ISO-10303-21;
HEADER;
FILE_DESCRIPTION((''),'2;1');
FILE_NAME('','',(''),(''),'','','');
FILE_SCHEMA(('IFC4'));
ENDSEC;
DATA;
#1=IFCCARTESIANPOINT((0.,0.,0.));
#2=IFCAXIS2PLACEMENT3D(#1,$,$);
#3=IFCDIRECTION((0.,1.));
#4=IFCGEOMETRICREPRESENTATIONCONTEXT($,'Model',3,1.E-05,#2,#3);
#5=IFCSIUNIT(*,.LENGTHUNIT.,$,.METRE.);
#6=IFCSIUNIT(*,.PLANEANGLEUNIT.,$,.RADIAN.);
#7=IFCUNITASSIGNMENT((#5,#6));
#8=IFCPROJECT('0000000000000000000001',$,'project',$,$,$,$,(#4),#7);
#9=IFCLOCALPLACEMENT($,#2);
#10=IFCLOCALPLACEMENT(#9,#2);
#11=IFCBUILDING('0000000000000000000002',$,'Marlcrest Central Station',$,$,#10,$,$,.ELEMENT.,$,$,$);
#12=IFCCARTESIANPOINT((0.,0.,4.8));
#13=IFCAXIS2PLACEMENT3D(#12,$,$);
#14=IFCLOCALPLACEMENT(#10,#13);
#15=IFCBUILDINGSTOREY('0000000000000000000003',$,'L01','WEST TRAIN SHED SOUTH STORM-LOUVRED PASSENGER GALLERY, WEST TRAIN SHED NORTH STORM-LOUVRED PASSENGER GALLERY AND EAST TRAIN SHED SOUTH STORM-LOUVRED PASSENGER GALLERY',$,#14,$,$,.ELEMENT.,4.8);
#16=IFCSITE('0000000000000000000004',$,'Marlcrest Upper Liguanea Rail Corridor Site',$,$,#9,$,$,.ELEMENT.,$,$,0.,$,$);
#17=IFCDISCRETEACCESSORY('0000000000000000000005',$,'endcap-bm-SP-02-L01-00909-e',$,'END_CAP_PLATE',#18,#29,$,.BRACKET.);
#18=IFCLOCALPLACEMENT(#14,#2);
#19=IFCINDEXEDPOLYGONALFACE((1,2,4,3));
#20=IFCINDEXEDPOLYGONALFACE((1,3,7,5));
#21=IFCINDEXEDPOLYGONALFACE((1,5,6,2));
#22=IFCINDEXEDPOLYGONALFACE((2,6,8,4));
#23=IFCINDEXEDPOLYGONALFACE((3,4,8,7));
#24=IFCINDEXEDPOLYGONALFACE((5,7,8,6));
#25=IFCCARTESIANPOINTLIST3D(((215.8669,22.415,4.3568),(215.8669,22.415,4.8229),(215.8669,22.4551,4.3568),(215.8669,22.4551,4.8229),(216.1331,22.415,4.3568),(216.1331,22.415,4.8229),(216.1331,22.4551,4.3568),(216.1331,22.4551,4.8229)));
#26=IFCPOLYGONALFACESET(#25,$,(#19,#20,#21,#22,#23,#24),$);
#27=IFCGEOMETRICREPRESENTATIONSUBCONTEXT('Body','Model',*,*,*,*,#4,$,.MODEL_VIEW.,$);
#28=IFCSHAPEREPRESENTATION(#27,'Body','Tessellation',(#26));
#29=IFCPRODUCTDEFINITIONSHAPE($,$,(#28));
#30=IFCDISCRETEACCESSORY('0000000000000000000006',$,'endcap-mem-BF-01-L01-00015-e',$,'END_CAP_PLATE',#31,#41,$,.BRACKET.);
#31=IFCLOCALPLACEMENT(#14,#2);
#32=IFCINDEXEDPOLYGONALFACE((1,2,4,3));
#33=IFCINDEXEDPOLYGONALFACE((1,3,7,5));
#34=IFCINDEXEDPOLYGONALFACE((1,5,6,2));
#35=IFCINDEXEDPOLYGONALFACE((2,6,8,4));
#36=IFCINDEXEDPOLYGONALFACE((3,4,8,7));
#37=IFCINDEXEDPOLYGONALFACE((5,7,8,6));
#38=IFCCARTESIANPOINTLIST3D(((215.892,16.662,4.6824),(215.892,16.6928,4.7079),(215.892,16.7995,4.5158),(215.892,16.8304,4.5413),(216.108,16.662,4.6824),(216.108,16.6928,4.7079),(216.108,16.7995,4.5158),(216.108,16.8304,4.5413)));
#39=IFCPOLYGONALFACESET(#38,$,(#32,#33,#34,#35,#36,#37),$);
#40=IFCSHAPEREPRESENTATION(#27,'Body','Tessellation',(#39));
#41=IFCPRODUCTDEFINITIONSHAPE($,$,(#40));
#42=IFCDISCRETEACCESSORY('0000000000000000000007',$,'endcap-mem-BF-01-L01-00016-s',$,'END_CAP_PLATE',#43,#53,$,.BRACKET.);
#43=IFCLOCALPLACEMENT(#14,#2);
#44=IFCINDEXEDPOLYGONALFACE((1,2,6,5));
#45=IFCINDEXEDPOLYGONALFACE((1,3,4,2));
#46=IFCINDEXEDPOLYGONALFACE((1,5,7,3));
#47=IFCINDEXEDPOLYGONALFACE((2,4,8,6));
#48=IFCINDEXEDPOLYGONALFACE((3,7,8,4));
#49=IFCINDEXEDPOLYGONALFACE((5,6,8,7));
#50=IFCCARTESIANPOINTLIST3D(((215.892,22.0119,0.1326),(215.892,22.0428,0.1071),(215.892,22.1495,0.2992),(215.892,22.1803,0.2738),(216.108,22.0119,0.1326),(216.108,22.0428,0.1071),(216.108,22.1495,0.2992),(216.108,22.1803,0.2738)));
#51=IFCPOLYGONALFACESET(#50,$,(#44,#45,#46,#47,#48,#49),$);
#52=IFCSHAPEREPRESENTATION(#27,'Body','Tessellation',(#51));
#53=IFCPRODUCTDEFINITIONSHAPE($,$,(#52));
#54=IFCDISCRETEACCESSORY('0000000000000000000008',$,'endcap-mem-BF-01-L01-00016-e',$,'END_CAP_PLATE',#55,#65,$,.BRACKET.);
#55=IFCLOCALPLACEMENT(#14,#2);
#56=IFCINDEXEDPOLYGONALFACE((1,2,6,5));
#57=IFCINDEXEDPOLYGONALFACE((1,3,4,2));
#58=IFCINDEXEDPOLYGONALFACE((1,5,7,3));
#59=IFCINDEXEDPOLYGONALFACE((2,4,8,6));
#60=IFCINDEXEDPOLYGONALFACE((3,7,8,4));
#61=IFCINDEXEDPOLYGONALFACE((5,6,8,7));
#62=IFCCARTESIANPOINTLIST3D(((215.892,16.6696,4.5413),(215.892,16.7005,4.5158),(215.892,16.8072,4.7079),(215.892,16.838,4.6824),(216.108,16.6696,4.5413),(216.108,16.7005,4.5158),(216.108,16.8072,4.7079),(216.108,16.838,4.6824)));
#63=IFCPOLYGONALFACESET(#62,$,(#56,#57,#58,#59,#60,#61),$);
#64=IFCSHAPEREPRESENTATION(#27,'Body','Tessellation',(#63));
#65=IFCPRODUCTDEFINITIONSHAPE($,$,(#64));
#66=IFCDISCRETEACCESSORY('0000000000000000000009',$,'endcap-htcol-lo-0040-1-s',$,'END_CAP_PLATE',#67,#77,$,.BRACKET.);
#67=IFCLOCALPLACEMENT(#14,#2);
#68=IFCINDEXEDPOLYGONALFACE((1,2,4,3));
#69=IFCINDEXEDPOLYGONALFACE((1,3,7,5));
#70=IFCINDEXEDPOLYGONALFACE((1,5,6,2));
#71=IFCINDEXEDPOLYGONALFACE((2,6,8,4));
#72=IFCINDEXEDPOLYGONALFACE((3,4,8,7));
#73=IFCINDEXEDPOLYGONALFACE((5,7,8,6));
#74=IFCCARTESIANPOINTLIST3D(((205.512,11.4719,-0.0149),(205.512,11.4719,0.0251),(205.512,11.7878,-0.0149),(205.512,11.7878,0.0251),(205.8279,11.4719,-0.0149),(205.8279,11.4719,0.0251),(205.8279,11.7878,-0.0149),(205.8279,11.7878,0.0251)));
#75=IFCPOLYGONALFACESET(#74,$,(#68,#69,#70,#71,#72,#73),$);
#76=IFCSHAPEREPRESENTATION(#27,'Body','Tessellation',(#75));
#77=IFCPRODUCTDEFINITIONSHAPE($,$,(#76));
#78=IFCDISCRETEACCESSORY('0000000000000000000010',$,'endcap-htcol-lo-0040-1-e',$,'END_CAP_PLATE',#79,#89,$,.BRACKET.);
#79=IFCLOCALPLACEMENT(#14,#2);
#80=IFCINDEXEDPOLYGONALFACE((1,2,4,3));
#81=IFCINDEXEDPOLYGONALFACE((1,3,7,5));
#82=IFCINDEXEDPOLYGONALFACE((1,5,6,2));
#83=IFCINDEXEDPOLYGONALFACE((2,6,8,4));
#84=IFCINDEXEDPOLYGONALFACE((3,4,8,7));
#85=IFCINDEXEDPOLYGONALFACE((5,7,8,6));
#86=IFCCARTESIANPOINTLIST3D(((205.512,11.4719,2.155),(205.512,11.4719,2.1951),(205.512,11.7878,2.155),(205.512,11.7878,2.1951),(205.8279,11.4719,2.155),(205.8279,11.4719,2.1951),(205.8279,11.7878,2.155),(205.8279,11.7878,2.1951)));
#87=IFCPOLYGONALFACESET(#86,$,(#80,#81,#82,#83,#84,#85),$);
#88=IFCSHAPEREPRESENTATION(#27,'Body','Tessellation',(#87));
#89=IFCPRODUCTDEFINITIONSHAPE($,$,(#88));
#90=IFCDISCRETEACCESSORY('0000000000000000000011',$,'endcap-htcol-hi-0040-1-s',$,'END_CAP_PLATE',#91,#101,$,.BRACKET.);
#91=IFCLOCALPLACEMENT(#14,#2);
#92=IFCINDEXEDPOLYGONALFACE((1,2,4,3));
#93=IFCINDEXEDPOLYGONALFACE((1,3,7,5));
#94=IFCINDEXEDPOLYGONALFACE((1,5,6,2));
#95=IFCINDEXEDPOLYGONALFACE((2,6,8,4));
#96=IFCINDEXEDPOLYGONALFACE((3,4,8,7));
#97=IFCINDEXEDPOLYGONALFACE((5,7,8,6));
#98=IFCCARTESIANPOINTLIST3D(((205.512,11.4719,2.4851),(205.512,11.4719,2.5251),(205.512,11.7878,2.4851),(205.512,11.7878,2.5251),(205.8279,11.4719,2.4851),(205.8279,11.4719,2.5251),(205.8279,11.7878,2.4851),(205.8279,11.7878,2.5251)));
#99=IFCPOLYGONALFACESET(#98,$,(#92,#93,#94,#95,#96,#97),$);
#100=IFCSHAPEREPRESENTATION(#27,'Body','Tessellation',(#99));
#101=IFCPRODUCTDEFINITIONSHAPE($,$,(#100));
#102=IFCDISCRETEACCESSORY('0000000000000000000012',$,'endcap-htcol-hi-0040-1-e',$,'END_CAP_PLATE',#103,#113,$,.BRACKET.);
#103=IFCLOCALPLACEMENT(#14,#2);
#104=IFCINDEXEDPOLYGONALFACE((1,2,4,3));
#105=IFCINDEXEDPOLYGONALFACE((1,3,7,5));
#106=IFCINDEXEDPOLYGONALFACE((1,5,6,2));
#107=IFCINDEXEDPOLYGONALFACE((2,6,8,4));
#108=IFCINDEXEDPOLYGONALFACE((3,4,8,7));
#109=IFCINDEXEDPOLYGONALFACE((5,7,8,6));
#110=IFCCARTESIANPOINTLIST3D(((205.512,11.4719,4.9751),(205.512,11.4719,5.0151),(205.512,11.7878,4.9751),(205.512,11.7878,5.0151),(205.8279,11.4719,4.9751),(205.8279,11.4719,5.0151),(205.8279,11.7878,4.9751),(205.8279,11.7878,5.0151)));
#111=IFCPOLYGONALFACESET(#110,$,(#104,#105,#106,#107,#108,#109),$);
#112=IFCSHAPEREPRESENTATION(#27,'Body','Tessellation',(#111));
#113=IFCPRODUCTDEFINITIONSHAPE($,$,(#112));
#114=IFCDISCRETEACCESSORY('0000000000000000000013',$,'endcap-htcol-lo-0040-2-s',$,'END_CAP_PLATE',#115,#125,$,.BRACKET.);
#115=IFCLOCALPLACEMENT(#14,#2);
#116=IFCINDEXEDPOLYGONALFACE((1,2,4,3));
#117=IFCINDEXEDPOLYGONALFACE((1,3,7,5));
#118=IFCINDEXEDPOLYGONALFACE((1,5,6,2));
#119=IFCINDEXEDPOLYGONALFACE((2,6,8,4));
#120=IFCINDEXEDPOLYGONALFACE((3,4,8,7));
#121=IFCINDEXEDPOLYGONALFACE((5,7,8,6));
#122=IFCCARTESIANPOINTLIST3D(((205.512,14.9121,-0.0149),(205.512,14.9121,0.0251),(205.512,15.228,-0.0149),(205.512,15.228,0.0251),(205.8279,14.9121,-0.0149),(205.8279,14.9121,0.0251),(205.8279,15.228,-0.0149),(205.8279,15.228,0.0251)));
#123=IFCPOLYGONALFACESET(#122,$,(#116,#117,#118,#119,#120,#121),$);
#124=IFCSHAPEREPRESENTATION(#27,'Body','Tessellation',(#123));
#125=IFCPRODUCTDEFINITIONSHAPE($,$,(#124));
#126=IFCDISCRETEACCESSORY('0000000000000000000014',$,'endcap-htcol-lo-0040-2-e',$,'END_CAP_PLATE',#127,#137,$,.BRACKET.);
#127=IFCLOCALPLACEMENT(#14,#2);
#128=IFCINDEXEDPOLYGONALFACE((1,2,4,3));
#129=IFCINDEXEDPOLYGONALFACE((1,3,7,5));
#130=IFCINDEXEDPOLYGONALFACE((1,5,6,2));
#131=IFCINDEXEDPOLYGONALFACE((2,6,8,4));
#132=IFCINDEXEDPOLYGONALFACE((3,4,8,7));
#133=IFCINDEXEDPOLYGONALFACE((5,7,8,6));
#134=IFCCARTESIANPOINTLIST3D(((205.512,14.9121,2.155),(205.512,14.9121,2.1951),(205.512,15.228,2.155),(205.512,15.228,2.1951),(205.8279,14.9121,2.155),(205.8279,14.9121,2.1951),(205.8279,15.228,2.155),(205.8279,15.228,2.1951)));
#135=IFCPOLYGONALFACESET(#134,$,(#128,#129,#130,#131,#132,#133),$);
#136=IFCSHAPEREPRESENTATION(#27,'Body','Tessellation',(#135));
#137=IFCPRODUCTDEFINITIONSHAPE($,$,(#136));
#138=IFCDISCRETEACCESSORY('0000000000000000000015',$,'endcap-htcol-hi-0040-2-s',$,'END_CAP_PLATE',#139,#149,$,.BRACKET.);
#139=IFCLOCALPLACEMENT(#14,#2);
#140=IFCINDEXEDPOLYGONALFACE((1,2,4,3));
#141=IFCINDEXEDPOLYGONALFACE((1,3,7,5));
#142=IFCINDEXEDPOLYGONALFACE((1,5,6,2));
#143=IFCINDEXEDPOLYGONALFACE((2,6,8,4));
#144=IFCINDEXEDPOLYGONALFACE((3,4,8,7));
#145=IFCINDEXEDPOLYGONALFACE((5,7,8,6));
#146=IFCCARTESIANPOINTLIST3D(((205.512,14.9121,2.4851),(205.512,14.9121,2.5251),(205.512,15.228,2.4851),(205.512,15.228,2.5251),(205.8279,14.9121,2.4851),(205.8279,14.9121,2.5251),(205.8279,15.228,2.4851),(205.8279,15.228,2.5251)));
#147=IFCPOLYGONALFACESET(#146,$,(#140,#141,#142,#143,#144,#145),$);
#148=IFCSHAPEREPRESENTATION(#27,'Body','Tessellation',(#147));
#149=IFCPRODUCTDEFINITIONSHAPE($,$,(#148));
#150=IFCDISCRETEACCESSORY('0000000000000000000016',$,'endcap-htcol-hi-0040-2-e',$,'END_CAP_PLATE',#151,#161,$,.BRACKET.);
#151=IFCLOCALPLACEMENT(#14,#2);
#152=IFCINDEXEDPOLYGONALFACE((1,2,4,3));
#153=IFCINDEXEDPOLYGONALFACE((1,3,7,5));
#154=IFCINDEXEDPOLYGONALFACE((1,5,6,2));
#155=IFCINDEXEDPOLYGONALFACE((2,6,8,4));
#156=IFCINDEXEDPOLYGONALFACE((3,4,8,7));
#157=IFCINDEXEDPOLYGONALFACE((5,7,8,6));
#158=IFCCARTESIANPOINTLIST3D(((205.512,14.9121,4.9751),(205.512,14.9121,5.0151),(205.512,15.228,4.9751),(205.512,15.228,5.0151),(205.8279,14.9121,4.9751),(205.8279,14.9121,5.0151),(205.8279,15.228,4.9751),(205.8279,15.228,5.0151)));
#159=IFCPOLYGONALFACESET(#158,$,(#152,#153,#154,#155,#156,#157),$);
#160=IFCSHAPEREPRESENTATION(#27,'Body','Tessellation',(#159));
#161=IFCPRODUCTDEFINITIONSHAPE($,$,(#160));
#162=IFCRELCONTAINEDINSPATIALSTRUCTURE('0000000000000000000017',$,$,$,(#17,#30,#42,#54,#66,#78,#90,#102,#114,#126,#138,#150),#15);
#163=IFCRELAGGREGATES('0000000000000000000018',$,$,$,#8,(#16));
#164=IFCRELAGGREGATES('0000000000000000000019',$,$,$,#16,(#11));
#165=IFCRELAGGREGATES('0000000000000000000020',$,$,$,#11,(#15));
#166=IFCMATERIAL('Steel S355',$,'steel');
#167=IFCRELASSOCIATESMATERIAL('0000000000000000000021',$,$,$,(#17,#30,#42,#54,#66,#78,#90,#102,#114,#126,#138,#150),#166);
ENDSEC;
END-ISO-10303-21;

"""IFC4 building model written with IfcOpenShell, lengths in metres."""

from ifc_helpers import new_model, si_unit, direction, frame, origin, origin_2d, place, context, subcontext, project, spatial, rectangle, extrude, material, element, save


model = new_model("IFC4")

# Units and contexts
model_context = context("Model", 3, precision=1e-05, world=origin(), true_north=direction((0.0, 1.0)))
body_context = subcontext(model_context, "Body", "Model", "MODEL_VIEW")
ifc_project = project(units=[si_unit("LENGTHUNIT", "METRE"), si_unit("PLANEANGLEUNIT", "RADIAN")], contexts=[model_context])

# Site, building, storey
site_placement = place(None, origin())
site = spatial("IfcSite", under=ifc_project, at=site_placement, Name="Marlcrest Upper Liguanea Rail Corridor Site", CompositionType="ELEMENT", RefElevation=0.0)
building_placement = place(site_placement, origin())
building = spatial("IfcBuilding", under=site, at=building_placement, Name="Marlcrest Central Station", CompositionType="ELEMENT")
storey_placement = place(building_placement, frame((0.0, 0.0, 4.8)))
storey = spatial("IfcBuildingStorey", under=building, at=storey_placement, Name="L01", Description="WEST TRAIN SHED SOUTH STORM-LOUVRED PASSENGER GALLERY, WEST TRAIN SHED NORTH STORM-LOUVRED PASSENGER GALLERY AND EAST TRAIN SHED SOUTH STORM-LOUVRED PASSENGER GALLERY", CompositionType="ELEMENT", Elevation=4.8)

# Shared definitions
ifc_material_1 = material(Name="Steel S355", Category="steel")

# Discrete accessories
discrete_accessory_placement = place(storey_placement, frame((216.0, 22.415, 4.5898), z_axis=(0.0, 1.0, 0.0), x_axis=(-1.0, 0.0, 0.0)))
element("IfcDiscreteAccessory", 1, at=discrete_accessory_placement, inside=storey, material=ifc_material_1, Name="endcap-bm-SP-02-L01-00909-e", ObjectType="END_CAP_PLATE", PredefinedType="BRACKET", context=body_context, shape_type="SweptSolid", body=[
    extrude(rectangle(XDim=0.2661, YDim=0.4661, at=origin_2d()), origin(), (0.0, 0.0, 1.0), 0.04),
])
for number, where, z_axis, x_axis, name in (
    (2, (216.0, 16.7307, 4.5991), (0.0, 0.771288, 0.636487), (-1.0, 0.0, 0.0), "endcap-mem-BF-01-L01-00015-e"),
    (3, (216.0, 22.1116, 0.1904), (0.0, -0.771288, 0.636487), (1.0, 0.0, 0.0), "endcap-mem-BF-01-L01-00016-s"),
    (4, (216.0, 16.7693, 4.5991), (0.0, -0.771288, 0.636487), (1.0, 0.0, 0.0), "endcap-mem-BF-01-L01-00016-e"),
):
    element("IfcDiscreteAccessory", number, at=place(storey_placement, frame(where, z_axis=z_axis, x_axis=x_axis)), inside=storey, material=ifc_material_1, Name=name, ObjectType="END_CAP_PLATE", PredefinedType="BRACKET", context=body_context, shape_type="SweptSolid", body=[
        extrude(rectangle(XDim=0.2161, YDim=0.2161, at=origin_2d()), origin(), (0.0, 0.0, 1.0), 0.04),
    ])
for number, where, z_axis, x_axis, name in (
    (5, (205.6699, 11.6299, -0.0149), (0.0, 0.0, 1.0), (1.0, 0.0, 0.0), "endcap-htcol-lo-0040-1-s"),
    (6, (205.6699, 11.6299, 2.155), (0.0, 0.0, 1.0), (1.0, 0.0, 0.0), "endcap-htcol-lo-0040-1-e"),
    (7, (205.6699, 11.6299, 2.4851), (0.0, 0.0, 1.0), (1.0, 0.0, 0.0), "endcap-htcol-hi-0040-1-s"),
    (8, (205.6699, 11.6299, 4.9751), (0.0, 0.0, 1.0), (1.0, 0.0, 0.0), "endcap-htcol-hi-0040-1-e"),
    (9, (205.6699, 15.0701, -0.0149), (0.0, 0.0, 1.0), (1.0, 0.0, 0.0), "endcap-htcol-lo-0040-2-s"),
    (10, (205.6699, 15.0701, 2.155), (0.0, 0.0, 1.0), (1.0, 0.0, 0.0), "endcap-htcol-lo-0040-2-e"),
    (11, (205.6699, 15.0701, 2.4851), (0.0, 0.0, 1.0), (1.0, 0.0, 0.0), "endcap-htcol-hi-0040-2-s"),
    (12, (205.6699, 15.0701, 4.9751), (0.0, 0.0, 1.0), (1.0, 0.0, 0.0), "endcap-htcol-hi-0040-2-e"),
):
    element("IfcDiscreteAccessory", number, at=place(storey_placement, frame(where, z_axis=z_axis, x_axis=x_axis)), inside=storey, material=ifc_material_1, Name=name, ObjectType="END_CAP_PLATE", PredefinedType="BRACKET", context=body_context, shape_type="SweptSolid", body=[
        extrude(rectangle(XDim=0.3159, YDim=0.3159, at=origin_2d()), origin(), (0.0, 0.0, 1.0), 0.04),
    ])

save(model, "model.ifc")
